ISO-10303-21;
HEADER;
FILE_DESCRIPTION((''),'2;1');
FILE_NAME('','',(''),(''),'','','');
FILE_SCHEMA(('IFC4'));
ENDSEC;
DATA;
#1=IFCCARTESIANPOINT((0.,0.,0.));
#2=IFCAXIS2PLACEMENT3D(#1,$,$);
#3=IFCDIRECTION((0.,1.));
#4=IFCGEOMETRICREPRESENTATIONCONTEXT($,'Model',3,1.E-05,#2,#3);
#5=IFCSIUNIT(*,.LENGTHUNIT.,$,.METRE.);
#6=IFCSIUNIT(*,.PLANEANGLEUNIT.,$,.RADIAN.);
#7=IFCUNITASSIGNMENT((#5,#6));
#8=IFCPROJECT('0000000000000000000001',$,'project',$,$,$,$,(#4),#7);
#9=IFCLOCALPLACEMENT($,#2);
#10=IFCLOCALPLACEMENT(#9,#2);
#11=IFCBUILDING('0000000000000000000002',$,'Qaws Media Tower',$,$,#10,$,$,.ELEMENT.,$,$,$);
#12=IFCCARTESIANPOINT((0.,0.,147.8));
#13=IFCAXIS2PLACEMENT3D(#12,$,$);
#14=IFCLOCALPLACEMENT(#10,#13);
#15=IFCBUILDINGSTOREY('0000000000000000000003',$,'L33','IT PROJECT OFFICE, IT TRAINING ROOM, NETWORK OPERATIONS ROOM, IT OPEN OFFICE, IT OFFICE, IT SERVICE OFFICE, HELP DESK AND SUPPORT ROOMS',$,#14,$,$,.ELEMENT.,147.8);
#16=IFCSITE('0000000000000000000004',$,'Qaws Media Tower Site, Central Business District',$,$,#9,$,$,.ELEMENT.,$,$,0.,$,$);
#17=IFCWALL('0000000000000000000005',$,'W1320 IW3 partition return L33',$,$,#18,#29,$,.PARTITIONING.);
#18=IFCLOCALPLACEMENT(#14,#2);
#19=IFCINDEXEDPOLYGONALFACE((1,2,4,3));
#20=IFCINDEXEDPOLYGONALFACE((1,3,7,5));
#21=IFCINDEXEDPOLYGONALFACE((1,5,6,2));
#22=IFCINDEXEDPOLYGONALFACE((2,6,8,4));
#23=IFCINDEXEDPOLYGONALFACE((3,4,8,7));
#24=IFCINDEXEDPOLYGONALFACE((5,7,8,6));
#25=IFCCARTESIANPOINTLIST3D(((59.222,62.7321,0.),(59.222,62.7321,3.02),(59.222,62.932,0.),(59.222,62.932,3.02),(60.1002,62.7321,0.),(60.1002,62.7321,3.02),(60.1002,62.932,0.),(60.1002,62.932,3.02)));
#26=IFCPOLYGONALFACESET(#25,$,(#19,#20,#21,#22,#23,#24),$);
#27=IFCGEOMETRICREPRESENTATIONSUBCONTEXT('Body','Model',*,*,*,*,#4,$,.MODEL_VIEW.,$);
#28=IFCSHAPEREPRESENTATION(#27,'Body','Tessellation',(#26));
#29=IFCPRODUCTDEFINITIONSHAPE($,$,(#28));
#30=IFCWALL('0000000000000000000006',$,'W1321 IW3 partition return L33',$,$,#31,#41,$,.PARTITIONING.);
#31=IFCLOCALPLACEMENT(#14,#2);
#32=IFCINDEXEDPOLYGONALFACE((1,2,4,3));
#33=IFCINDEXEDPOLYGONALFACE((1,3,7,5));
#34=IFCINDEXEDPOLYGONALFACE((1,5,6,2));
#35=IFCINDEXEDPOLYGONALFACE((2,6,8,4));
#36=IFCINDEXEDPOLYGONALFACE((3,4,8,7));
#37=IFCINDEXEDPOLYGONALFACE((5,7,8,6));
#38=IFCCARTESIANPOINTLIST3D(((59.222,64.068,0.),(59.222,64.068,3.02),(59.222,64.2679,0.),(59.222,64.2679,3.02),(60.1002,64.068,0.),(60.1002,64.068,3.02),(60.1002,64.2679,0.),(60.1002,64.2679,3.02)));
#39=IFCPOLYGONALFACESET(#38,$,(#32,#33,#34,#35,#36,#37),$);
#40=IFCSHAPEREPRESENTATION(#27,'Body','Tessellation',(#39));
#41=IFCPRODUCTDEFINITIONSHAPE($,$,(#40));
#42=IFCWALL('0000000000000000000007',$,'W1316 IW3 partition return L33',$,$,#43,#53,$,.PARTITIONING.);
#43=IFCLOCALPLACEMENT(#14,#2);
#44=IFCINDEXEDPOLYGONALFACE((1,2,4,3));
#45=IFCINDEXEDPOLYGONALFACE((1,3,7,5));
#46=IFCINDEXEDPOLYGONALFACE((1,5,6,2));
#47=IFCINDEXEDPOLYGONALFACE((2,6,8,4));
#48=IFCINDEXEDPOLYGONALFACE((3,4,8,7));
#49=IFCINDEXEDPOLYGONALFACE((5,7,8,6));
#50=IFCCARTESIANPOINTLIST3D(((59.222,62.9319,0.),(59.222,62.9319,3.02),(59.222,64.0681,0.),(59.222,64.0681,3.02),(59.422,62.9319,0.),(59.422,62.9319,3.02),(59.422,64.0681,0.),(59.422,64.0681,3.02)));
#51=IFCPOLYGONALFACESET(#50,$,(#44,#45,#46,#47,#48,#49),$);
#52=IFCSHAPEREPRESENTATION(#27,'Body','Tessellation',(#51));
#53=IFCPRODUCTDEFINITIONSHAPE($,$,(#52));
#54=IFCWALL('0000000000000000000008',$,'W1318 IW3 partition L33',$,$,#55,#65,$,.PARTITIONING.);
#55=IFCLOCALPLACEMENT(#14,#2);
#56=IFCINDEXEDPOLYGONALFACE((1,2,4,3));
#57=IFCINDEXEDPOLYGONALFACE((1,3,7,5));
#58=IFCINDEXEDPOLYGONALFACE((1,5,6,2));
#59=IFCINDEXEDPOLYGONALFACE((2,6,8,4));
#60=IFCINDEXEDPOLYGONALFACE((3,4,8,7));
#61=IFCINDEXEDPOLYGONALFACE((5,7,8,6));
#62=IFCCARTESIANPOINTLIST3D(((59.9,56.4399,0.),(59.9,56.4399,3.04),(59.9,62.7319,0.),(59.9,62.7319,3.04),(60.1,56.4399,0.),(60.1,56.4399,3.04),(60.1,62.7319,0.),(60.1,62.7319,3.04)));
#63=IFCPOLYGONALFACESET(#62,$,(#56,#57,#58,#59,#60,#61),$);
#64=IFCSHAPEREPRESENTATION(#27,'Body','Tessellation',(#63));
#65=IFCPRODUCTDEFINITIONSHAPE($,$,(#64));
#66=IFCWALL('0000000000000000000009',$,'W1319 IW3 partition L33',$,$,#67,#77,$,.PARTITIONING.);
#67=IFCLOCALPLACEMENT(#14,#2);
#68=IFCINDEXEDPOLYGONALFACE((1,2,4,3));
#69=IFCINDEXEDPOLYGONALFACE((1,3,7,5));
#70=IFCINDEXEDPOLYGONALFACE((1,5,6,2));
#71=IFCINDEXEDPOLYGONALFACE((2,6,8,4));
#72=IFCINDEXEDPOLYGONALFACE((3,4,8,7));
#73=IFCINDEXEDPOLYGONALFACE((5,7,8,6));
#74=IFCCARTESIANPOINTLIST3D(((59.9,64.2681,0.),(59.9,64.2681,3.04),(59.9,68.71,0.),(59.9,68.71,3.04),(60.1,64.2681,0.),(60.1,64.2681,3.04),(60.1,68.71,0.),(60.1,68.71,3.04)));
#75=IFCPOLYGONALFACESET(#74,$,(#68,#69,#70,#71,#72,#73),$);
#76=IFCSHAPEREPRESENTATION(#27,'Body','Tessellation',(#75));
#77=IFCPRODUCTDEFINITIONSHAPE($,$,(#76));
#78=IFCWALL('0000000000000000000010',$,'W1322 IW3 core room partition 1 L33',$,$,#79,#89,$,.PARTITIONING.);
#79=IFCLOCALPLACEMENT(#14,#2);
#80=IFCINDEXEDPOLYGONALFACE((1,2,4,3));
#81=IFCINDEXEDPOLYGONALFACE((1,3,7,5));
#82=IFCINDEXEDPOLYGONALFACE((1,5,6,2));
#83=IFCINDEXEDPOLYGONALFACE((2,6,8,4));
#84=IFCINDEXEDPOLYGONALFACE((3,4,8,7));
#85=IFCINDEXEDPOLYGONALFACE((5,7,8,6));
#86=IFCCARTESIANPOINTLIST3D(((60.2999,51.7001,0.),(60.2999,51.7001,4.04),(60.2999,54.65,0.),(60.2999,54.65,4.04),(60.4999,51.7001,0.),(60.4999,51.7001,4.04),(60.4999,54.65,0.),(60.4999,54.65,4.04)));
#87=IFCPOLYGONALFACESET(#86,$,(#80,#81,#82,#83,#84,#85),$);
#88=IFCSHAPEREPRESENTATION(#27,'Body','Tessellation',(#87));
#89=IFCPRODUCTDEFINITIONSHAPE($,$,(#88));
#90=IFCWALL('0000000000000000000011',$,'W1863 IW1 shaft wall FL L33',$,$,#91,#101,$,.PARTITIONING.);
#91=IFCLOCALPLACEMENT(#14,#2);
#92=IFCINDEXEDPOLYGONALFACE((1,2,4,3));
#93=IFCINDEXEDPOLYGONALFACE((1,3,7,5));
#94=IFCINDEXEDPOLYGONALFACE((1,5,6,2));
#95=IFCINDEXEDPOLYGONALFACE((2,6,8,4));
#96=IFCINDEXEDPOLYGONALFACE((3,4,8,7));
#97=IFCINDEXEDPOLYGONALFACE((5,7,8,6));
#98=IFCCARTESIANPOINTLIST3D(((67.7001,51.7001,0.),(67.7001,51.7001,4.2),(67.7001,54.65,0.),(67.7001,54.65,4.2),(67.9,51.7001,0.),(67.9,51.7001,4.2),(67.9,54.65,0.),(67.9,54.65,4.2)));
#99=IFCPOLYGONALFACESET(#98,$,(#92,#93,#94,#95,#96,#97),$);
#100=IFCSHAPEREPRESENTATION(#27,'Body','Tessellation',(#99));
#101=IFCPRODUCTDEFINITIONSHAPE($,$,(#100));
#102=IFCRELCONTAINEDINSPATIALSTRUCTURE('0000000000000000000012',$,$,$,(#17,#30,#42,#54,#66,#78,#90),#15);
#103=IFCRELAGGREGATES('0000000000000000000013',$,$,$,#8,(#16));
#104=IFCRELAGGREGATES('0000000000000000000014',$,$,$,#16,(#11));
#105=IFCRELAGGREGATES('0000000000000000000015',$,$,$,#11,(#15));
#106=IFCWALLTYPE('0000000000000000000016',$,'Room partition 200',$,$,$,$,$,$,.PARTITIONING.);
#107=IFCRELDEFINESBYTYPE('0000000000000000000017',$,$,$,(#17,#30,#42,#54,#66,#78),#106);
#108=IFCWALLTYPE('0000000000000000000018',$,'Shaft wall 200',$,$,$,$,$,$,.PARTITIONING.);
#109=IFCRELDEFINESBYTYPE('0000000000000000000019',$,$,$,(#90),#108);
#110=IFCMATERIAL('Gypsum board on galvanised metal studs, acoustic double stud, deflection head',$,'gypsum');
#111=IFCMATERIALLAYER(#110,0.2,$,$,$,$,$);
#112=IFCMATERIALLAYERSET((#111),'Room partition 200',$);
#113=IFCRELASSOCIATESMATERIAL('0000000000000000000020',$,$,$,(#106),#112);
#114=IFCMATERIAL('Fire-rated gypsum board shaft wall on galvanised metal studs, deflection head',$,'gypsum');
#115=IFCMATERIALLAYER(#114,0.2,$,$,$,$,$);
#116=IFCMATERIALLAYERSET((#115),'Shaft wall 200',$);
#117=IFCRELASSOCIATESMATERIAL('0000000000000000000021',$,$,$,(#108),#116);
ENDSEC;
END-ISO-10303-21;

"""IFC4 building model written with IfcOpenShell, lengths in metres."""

from ifc_helpers import new_model, si_unit, direction, frame, frame_2d, origin, place, context, subcontext, project, spatial, rectangle, extrude, material, layer, layer_set, type_object, element, save


model = new_model("IFC4")

# Units and contexts
model_context = context("Model", 3, precision=1e-05, world=origin(), true_north=direction((0.0, 1.0)))
body_context = subcontext(model_context, "Body", "Model", "MODEL_VIEW")
ifc_project = project(units=[si_unit("LENGTHUNIT", "METRE"), si_unit("PLANEANGLEUNIT", "RADIAN")], contexts=[model_context])

# Site, building, storey
site_placement = place(None, origin())
site = spatial("IfcSite", under=ifc_project, at=site_placement, Name="Qaws Media Tower Site, Central Business District", CompositionType="ELEMENT", RefElevation=0.0)
building_placement = place(site_placement, origin())
building = spatial("IfcBuilding", under=site, at=building_placement, Name="Qaws Media Tower", CompositionType="ELEMENT")
storey_placement = place(building_placement, frame((0.0, 0.0, 147.8)))
storey = spatial("IfcBuildingStorey", under=building, at=storey_placement, Name="L33", Description="IT PROJECT OFFICE, IT TRAINING ROOM, NETWORK OPERATIONS ROOM, IT OPEN OFFICE, IT OFFICE, IT SERVICE OFFICE, HELP DESK AND SUPPORT ROOMS", CompositionType="ELEMENT", Elevation=147.8)

# Shared definitions
ifc_material_1 = material(Name="Gypsum board on galvanised metal studs, acoustic double stud, deflection head", Category="gypsum")
ifc_layer_1 = layer(ifc_material_1, 0.2)
ifc_layer_set_1 = layer_set([ifc_layer_1], Name="Room partition 200")
wall_type_1 = type_object("IfcWallType", Name="Room partition 200", PredefinedType="PARTITIONING", material=ifc_layer_set_1)

# Walls
for number, where, z_axis, x_axis, name in (
    (1, (60.1001, 62.832, 0.0), (0.0, 0.0, 1.0), (-1.0, 0.0, 0.0), "W1320 IW3 partition return L33"),
    (2, (60.1001, 64.168, 0.0), (0.0, 0.0, 1.0), (-1.0, 0.0, 0.0), "W1321 IW3 partition return L33"),
):
    element("IfcWall", number, at=place(storey_placement, frame(where, z_axis=z_axis, x_axis=x_axis)), inside=storey, type_object=wall_type_1, Name=name, PredefinedType="PARTITIONING", context=body_context, shape_type="SweptSolid", body=[
        extrude(rectangle(XDim=0.8782, YDim=0.2, at=frame_2d((0.439, 0.0))), origin(), (0.0, 0.0, 1.0), 3.02),
    ])
wall_1_placement = place(storey_placement, frame((59.322, 62.9319, 0.0), z_axis=(0.0, 0.0, 1.0), x_axis=(0.0, 1.0, 0.0)))
element("IfcWall", 3, at=wall_1_placement, inside=storey, type_object=wall_type_1, Name="W1316 IW3 partition return L33", PredefinedType="PARTITIONING", context=body_context, shape_type="SweptSolid", body=[
    extrude(rectangle(XDim=1.1362, YDim=0.2, at=frame_2d((0.5681, 0.0))), origin(), (0.0, 0.0, 1.0), 3.02),
])
wall_2_placement = place(storey_placement, frame((60.0, 56.4399, 0.0), z_axis=(0.0, 0.0, 1.0), x_axis=(0.0, 1.0, 0.0)))
element("IfcWall", 4, at=wall_2_placement, inside=storey, type_object=wall_type_1, Name="W1318 IW3 partition L33", PredefinedType="PARTITIONING", context=body_context, shape_type="SweptSolid", body=[
    extrude(rectangle(XDim=6.292, YDim=0.2, at=frame_2d((3.146, 0.0))), origin(), (0.0, 0.0, 1.0), 3.04),
])
wall_3_placement = place(storey_placement, frame((60.0, 64.2681, 0.0), z_axis=(0.0, 0.0, 1.0), x_axis=(0.0, 1.0, 0.0)))
element("IfcWall", 5, at=wall_3_placement, inside=storey, type_object=wall_type_1, Name="W1319 IW3 partition L33", PredefinedType="PARTITIONING", context=body_context, shape_type="SweptSolid", body=[
    extrude(rectangle(XDim=4.4419, YDim=0.2, at=frame_2d((2.2209, 0.0))), origin(), (0.0, 0.0, 1.0), 3.04),
])
wall_4_placement = place(storey_placement, frame((60.3999, 51.7, 0.0), z_axis=(0.0, 0.0, 1.0), x_axis=(0.0, 1.0, 0.0)))
element("IfcWall", 6, at=wall_4_placement, inside=storey, type_object=wall_type_1, Name="W1322 IW3 core room partition 1 L33", PredefinedType="PARTITIONING", context=body_context, shape_type="SweptSolid", body=[
    extrude(rectangle(XDim=2.95, YDim=0.2, at=frame_2d((1.4751, 0.0))), origin(), (0.0, 0.0, 1.0), 4.04),
])
ifc_material_2 = material(Name="Fire-rated gypsum board shaft wall on galvanised metal studs, deflection head", Category="gypsum")
ifc_layer_2 = layer(ifc_material_2, 0.2)
ifc_layer_set_2 = layer_set([ifc_layer_2], Name="Shaft wall 200")
wall_type_2 = type_object("IfcWallType", Name="Shaft wall 200", PredefinedType="PARTITIONING", material=ifc_layer_set_2)
wall_5_placement = place(storey_placement, frame((67.8, 51.7, 0.0), z_axis=(0.0, 0.0, 1.0), x_axis=(0.0, 1.0, 0.0)))
element("IfcWall", 7, at=wall_5_placement, inside=storey, type_object=wall_type_2, Name="W1863 IW1 shaft wall FL L33", PredefinedType="PARTITIONING", context=body_context, shape_type="SweptSolid", body=[
    extrude(rectangle(XDim=2.95, YDim=0.2, at=frame_2d((1.4751, 0.0))), origin(), (0.0, 0.0, 1.0), 4.2),
])

save(model, "model.ifc")
